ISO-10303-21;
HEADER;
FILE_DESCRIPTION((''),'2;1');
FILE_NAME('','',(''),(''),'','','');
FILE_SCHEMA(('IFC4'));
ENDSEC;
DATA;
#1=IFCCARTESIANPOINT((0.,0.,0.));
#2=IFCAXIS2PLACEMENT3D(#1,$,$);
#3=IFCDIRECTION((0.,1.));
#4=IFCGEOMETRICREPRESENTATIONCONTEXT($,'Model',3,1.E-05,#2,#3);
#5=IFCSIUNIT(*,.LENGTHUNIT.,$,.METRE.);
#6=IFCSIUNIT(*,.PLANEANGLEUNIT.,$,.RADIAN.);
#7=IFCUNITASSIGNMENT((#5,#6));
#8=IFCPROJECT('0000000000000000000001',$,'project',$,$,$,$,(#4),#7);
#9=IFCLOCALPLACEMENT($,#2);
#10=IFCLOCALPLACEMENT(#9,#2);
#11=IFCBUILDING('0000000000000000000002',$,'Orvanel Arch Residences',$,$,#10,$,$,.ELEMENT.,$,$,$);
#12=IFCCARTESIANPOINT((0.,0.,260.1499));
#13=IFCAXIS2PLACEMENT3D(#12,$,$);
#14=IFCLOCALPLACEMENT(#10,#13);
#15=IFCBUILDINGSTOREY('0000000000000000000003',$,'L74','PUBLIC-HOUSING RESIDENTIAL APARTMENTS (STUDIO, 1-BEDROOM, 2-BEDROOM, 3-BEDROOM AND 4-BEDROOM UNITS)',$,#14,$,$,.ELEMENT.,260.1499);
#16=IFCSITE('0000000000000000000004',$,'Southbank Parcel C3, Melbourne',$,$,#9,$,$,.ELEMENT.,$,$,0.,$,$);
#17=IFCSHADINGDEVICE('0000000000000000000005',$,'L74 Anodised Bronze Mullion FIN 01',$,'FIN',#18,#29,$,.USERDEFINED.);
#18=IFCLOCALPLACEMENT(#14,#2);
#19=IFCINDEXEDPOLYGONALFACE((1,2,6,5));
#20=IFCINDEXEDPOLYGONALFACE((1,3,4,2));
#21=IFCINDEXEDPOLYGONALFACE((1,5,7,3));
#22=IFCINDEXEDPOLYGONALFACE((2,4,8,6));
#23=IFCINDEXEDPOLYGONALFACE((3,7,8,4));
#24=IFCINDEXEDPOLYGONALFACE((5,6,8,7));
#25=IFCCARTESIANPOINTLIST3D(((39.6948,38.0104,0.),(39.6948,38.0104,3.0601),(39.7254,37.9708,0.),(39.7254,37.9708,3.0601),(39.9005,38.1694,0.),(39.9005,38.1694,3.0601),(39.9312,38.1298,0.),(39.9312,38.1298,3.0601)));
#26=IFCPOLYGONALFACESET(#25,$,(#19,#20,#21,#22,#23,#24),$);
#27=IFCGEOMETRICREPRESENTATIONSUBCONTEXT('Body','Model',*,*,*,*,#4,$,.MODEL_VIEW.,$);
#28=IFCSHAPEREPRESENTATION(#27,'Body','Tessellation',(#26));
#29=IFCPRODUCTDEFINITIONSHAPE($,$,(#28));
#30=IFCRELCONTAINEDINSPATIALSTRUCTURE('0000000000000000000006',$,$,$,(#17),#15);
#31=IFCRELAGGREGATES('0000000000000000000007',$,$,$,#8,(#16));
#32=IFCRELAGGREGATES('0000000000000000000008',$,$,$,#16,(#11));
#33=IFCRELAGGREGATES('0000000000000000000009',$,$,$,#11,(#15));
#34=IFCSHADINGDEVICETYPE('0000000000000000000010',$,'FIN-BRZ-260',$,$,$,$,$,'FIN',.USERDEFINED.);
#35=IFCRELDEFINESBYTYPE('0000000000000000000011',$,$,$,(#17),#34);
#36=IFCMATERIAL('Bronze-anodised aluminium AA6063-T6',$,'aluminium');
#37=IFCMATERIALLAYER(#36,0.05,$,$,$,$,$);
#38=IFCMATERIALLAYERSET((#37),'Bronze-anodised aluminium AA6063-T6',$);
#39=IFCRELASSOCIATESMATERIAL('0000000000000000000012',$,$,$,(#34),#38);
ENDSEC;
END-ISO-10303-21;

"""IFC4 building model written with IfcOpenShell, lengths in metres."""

from ifc_helpers import new_model, si_unit, direction, frame, origin, origin_2d, place, context, subcontext, project, spatial, rectangle, extrude, material, layer, layer_set, type_object, element, save


model = new_model("IFC4")

# Units and contexts
model_context = context("Model", 3, precision=1e-05, world=origin(), true_north=direction((0.0, 1.0)))
body_context = subcontext(model_context, "Body", "Model", "MODEL_VIEW")
ifc_project = project(units=[si_unit("LENGTHUNIT", "METRE"), si_unit("PLANEANGLEUNIT", "RADIAN")], contexts=[model_context])

# Site, building, storey
site_placement = place(None, origin())
site = spatial("IfcSite", under=ifc_project, at=site_placement, Name="Southbank Parcel C3, Melbourne", CompositionType="ELEMENT", RefElevation=0.0)
building_placement = place(site_placement, origin())
building = spatial("IfcBuilding", under=site, at=building_placement, Name="Orvanel Arch Residences", CompositionType="ELEMENT")
storey_placement = place(building_placement, frame((0.0, 0.0, 260.1499)))
storey = spatial("IfcBuildingStorey", under=building, at=storey_placement, Name="L74", Description="PUBLIC-HOUSING RESIDENTIAL APARTMENTS (STUDIO, 1-BEDROOM, 2-BEDROOM, 3-BEDROOM AND 4-BEDROOM UNITS)", CompositionType="ELEMENT", Elevation=260.1499)

# Shared definitions
ifc_material_1 = material(Name="Bronze-anodised aluminium AA6063-T6", Category="aluminium")

# Shading device
ifc_layer_1 = layer(ifc_material_1, 0.05)
ifc_layer_set_1 = layer_set([ifc_layer_1], Name="Bronze-anodised aluminium AA6063-T6")
shading_device_type = type_object("IfcShadingDeviceType", Name="FIN-BRZ-260", ElementType="FIN", PredefinedType="USERDEFINED", material=ifc_layer_set_1)
shading_device_placement = place(storey_placement, frame((39.813, 38.0701, 0.0), z_axis=(0.0, 0.0, 1.0), x_axis=(0.791224, 0.611527, 0.0)))
element("IfcShadingDevice", 1, at=shading_device_placement, inside=storey, type_object=shading_device_type, Name="L74 Anodised Bronze Mullion FIN 01", ObjectType="FIN", PredefinedType="USERDEFINED", context=body_context, shape_type="SweptSolid", body=[
    extrude(rectangle(XDim=0.26, YDim=0.05, at=origin_2d()), origin(), (0.0, 0.0, 1.0), 3.0601),
])

save(model, "model.ifc")
